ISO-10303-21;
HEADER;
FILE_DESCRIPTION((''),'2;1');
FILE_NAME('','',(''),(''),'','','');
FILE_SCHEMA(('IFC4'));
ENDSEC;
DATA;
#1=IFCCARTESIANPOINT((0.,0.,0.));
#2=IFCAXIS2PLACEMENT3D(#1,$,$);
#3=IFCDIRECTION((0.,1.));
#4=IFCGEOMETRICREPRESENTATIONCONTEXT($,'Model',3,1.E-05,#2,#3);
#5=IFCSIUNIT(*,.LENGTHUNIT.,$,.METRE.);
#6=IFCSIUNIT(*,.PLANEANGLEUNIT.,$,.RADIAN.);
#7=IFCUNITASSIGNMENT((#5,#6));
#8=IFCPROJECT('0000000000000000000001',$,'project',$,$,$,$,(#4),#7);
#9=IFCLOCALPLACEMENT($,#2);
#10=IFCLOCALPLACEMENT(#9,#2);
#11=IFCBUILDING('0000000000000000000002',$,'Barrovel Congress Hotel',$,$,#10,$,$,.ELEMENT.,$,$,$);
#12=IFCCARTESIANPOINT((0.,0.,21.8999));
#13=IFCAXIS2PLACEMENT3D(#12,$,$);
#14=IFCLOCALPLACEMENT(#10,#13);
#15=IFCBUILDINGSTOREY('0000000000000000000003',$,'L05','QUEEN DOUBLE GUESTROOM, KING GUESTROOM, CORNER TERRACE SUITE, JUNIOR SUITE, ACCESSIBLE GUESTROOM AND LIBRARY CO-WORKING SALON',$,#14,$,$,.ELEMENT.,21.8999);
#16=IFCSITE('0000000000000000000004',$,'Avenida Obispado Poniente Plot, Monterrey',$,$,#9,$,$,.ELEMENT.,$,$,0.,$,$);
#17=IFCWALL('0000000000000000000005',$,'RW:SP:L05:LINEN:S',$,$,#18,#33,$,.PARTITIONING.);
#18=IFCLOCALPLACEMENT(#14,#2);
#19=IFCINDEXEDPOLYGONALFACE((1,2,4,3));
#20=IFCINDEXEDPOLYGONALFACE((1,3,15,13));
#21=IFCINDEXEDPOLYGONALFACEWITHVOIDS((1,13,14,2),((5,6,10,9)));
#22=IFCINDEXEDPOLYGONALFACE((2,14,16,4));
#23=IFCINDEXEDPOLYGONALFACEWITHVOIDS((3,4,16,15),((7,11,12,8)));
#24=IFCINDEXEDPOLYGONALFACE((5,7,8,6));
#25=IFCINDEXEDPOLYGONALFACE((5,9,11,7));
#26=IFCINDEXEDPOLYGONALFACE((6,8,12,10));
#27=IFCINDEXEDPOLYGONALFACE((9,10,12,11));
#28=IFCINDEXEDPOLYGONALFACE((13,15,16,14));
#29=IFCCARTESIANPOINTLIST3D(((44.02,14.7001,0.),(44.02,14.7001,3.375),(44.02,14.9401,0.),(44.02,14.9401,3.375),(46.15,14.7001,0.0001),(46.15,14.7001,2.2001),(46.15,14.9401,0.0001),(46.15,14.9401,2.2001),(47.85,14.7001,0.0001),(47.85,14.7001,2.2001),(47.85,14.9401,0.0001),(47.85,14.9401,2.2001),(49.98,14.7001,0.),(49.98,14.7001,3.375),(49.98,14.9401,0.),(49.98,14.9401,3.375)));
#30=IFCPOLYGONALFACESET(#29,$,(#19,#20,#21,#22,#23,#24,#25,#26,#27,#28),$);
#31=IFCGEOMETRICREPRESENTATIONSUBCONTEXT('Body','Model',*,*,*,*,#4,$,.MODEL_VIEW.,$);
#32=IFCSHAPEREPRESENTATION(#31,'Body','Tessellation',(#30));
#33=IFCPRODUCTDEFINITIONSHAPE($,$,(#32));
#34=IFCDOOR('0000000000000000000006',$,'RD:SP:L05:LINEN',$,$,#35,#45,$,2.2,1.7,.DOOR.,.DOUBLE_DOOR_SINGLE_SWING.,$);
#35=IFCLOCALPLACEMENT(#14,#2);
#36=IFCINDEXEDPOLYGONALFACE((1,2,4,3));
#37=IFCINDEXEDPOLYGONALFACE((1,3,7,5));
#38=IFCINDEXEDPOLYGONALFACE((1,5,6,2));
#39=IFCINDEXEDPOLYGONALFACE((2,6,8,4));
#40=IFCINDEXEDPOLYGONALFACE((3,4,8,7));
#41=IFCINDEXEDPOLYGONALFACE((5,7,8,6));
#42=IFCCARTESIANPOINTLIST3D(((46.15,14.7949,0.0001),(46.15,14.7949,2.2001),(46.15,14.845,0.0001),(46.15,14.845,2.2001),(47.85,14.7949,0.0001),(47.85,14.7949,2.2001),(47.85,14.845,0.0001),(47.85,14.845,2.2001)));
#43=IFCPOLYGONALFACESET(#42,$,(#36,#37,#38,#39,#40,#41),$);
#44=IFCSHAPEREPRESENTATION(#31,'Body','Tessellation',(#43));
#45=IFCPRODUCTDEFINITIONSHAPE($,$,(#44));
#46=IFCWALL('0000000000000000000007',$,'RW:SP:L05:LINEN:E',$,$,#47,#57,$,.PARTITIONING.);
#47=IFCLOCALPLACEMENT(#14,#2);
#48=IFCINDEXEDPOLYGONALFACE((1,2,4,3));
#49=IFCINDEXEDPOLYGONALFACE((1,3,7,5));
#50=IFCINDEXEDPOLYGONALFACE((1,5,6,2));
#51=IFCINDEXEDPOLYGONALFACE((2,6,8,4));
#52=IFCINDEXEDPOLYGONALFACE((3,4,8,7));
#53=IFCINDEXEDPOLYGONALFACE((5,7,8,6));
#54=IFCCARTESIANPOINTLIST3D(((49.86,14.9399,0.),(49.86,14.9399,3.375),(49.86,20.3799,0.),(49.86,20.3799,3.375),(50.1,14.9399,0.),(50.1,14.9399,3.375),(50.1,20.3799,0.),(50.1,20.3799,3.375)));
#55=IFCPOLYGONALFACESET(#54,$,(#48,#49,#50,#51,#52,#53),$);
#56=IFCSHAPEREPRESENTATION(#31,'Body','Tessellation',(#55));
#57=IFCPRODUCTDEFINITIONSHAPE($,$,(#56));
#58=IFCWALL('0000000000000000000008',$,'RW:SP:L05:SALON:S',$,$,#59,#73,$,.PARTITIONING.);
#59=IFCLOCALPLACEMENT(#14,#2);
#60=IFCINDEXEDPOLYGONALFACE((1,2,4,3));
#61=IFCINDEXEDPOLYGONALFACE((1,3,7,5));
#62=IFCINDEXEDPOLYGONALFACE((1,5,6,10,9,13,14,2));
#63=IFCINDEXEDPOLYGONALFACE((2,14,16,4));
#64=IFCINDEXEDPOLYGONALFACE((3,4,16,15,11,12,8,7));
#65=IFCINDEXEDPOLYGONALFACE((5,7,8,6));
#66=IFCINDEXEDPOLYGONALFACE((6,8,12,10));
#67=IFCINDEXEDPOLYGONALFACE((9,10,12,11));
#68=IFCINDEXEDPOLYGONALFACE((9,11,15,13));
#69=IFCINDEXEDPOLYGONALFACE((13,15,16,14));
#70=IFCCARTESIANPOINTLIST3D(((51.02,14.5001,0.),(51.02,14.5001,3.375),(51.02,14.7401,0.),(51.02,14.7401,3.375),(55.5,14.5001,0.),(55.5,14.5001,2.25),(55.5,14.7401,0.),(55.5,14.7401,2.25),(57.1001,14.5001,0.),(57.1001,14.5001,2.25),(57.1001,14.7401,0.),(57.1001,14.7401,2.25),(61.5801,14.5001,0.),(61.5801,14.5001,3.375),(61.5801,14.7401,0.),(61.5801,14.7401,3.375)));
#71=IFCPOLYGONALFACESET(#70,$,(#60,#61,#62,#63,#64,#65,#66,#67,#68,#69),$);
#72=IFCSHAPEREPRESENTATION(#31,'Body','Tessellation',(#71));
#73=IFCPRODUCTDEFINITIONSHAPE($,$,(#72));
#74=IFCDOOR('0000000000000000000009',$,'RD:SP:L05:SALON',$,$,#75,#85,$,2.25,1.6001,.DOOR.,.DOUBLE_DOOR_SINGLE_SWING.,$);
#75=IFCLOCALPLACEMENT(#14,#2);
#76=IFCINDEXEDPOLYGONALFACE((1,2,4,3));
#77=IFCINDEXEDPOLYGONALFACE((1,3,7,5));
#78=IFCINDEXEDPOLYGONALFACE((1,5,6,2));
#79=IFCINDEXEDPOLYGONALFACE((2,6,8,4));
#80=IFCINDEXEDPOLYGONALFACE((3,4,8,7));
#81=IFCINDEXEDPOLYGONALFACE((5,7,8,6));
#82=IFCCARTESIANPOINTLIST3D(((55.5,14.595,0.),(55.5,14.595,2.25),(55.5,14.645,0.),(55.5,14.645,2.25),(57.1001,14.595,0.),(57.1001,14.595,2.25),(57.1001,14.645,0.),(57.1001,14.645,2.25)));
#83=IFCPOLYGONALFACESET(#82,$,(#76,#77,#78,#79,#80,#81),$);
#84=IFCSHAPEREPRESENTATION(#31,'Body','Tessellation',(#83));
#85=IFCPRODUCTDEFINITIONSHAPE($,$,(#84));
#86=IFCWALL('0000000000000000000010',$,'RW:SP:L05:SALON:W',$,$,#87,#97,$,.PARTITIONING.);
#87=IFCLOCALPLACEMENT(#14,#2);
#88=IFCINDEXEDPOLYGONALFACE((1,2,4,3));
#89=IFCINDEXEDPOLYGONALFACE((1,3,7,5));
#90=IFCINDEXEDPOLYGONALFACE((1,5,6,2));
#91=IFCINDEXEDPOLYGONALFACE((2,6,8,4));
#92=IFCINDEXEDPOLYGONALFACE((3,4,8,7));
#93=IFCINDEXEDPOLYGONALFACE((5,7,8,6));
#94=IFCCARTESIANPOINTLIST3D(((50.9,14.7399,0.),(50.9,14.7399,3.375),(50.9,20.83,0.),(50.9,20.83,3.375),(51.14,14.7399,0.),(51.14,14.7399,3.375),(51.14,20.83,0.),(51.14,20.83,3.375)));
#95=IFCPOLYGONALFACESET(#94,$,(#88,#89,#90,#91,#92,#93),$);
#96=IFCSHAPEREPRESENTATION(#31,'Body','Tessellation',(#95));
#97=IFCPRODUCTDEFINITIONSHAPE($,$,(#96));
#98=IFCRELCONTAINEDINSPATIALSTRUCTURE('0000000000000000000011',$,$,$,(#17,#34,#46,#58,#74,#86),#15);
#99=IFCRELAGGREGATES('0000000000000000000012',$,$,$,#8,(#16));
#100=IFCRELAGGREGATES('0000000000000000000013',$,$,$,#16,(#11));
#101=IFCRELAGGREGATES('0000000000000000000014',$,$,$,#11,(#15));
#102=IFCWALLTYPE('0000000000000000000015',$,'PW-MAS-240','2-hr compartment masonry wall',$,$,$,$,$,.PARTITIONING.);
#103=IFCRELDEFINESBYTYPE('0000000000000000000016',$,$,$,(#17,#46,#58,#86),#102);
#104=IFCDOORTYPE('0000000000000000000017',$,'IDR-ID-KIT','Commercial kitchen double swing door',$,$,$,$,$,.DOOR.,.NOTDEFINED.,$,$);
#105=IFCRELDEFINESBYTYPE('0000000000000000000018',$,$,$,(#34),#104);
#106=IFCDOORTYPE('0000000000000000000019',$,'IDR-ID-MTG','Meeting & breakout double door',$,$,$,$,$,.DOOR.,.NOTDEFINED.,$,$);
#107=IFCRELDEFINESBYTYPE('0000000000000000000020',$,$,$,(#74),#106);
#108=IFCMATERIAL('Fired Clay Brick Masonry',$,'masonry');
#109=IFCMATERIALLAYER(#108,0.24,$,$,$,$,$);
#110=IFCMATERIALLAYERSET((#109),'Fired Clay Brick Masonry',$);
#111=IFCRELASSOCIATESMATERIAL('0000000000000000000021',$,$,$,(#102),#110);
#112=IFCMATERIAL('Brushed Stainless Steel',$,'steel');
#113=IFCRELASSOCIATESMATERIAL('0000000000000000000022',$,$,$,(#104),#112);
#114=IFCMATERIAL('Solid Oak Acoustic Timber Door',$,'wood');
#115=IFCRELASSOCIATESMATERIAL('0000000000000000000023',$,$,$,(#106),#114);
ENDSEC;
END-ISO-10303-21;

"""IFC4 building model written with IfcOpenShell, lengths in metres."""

from ifc_helpers import new_model, si_unit, direction, frame, frame_2d, origin, place, context, subcontext, project, spatial, rectangle, extrude, material, layer, layer_set, type_object, element, fill, save


model = new_model("IFC4")

# Units and contexts
model_context = context("Model", 3, precision=1e-05, world=origin(), true_north=direction((0.0, 1.0)))
body_context = subcontext(model_context, "Body", "Model", "MODEL_VIEW")
ifc_project = project(units=[si_unit("LENGTHUNIT", "METRE"), si_unit("PLANEANGLEUNIT", "RADIAN")], contexts=[model_context])

# Site, building, storey
site_placement = place(None, origin())
site = spatial("IfcSite", under=ifc_project, at=site_placement, Name="Avenida Obispado Poniente Plot, Monterrey", CompositionType="ELEMENT", RefElevation=0.0)
building_placement = place(site_placement, origin())
building = spatial("IfcBuilding", under=site, at=building_placement, Name="Barrovel Congress Hotel", CompositionType="ELEMENT")
storey_placement = place(building_placement, frame((0.0, 0.0, 21.8999)))
storey = spatial("IfcBuildingStorey", under=building, at=storey_placement, Name="L05", Description="QUEEN DOUBLE GUESTROOM, KING GUESTROOM, CORNER TERRACE SUITE, JUNIOR SUITE, ACCESSIBLE GUESTROOM AND LIBRARY CO-WORKING SALON", CompositionType="ELEMENT", Elevation=21.8999)

# Shared definitions
ifc_material_1 = material(Name="Fired Clay Brick Masonry", Category="masonry")

# Shared definitions
ifc_material_2 = material(Name="Solid Oak Acoustic Timber Door", Category="wood")

# Wall, opening, door
ifc_layer_1 = layer(ifc_material_1, 0.24)
ifc_layer_set_1 = layer_set([ifc_layer_1], Name="Fired Clay Brick Masonry")
wall_type_1 = type_object("IfcWallType", Name="PW-MAS-240", Description="2-hr compartment masonry wall", PredefinedType="PARTITIONING", material=ifc_layer_set_1)
wall_1_placement = place(storey_placement, frame((44.02, 14.8201, 0.0), z_axis=(0.0, 0.0, 1.0), x_axis=(1.0, 0.0, 0.0)))
wall_1 = element("IfcWall", 1, at=wall_1_placement, inside=storey, type_object=wall_type_1, Name="RW:SP:L05:LINEN:S", PredefinedType="PARTITIONING", context=body_context, shape_type="SweptSolid", body=[
    extrude(rectangle(XDim=5.96, YDim=0.24, at=frame_2d((2.98, 0.0))), origin(), (0.0, 0.0, 1.0), 3.375),
])
opening_1_placement = place(wall_1_placement, frame((2.1299, 0.0, 0.0)))
opening_1 = element("IfcOpeningElement", 2, at=opening_1_placement, cuts=wall_1, PredefinedType="OPENING", context=body_context, shape_type="SweptSolid", body=[
    extrude(rectangle(XDim=1.7, YDim=2.2, at=frame_2d((0.8501, 1.1001))), frame((0.0, 0.1299, 0.0), z_axis=(0.0, -1.0, 0.0), x_axis=(1.0, 0.0, 0.0)), (0.0, 0.0, 1.0), 0.26),
])
ifc_material_3 = material(Name="Brushed Stainless Steel", Category="steel")
door_type_1 = type_object("IfcDoorType", Name="IDR-ID-KIT", Description="Commercial kitchen double swing door", OperationType="NOTDEFINED", PredefinedType="DOOR", material=ifc_material_3)
door_1_placement = place(opening_1_placement, origin())
door_1 = element("IfcDoor", 3, at=door_1_placement, inside=storey, type_object=door_type_1, Name="RD:SP:L05:LINEN", OperationType="DOUBLE_DOOR_SINGLE_SWING", OverallHeight=2.2, OverallWidth=1.7, PredefinedType="DOOR", context=body_context, shape_type="SweptSolid", body=[
    extrude(rectangle(XDim=1.7, YDim=2.2, at=frame_2d((0.8501, 1.1001))), frame((0.0, 0.0249, 0.0), z_axis=(0.0, -1.0, 0.0), x_axis=(1.0, 0.0, 0.0)), (0.0, 0.0, 1.0), 0.05),
])
fill(opening_1, door_1)

# Wall
wall_2_placement = place(storey_placement, frame((49.98, 14.9399, 0.0), z_axis=(0.0, 0.0, 1.0), x_axis=(0.0, 1.0, 0.0)))
element("IfcWall", 4, at=wall_2_placement, inside=storey, type_object=wall_type_1, Name="RW:SP:L05:LINEN:E", PredefinedType="PARTITIONING", context=body_context, shape_type="SweptSolid", body=[
    extrude(rectangle(XDim=5.4399, YDim=0.24, at=frame_2d((2.72, 0.0))), origin(), (0.0, 0.0, 1.0), 3.375),
])

# Wall, opening, door
wall_3_placement = place(storey_placement, frame((51.02, 14.6201, 0.0), z_axis=(0.0, 0.0, 1.0), x_axis=(1.0, 0.0, 0.0)))
wall_3 = element("IfcWall", 5, at=wall_3_placement, inside=storey, type_object=wall_type_1, Name="RW:SP:L05:SALON:S", PredefinedType="PARTITIONING", context=body_context, shape_type="SweptSolid", body=[
    extrude(rectangle(XDim=10.5601, YDim=0.24, at=frame_2d((5.28, 0.0))), origin(), (0.0, 0.0, 1.0), 3.375),
])
opening_2_placement = place(wall_3_placement, frame((4.48, 0.0, 0.0)))
opening_2 = element("IfcOpeningElement", 6, at=opening_2_placement, cuts=wall_3, PredefinedType="OPENING", context=body_context, shape_type="SweptSolid", body=[
    extrude(rectangle(XDim=1.6001, YDim=2.25, at=frame_2d((0.8, 1.125))), frame((0.0, 0.1299, 0.0), z_axis=(0.0, -1.0, 0.0), x_axis=(1.0, 0.0, 0.0)), (0.0, 0.0, 1.0), 0.26),
])
door_type_2 = type_object("IfcDoorType", Name="IDR-ID-MTG", Description="Meeting & breakout double door", OperationType="NOTDEFINED", PredefinedType="DOOR", material=ifc_material_2)
door_2_placement = place(opening_2_placement, origin())
door_2 = element("IfcDoor", 7, at=door_2_placement, inside=storey, type_object=door_type_2, Name="RD:SP:L05:SALON", OperationType="DOUBLE_DOOR_SINGLE_SWING", OverallHeight=2.25, OverallWidth=1.6001, PredefinedType="DOOR", context=body_context, shape_type="SweptSolid", body=[
    extrude(rectangle(XDim=1.6001, YDim=2.25, at=frame_2d((0.8, 1.125))), frame((0.0, 0.0249, 0.0), z_axis=(0.0, -1.0, 0.0), x_axis=(1.0, 0.0, 0.0)), (0.0, 0.0, 1.0), 0.05),
])
fill(opening_2, door_2)

# Wall
wall_4_placement = place(storey_placement, frame((51.02, 14.74, 0.0), z_axis=(0.0, 0.0, 1.0), x_axis=(0.0, 1.0, 0.0)))
element("IfcWall", 8, at=wall_4_placement, inside=storey, type_object=wall_type_1, Name="RW:SP:L05:SALON:W", PredefinedType="PARTITIONING", context=body_context, shape_type="SweptSolid", body=[
    extrude(rectangle(XDim=6.0901, YDim=0.24, at=frame_2d((3.0449, 0.0))), origin(), (0.0, 0.0, 1.0), 3.375),
])

save(model, "model.ifc")
